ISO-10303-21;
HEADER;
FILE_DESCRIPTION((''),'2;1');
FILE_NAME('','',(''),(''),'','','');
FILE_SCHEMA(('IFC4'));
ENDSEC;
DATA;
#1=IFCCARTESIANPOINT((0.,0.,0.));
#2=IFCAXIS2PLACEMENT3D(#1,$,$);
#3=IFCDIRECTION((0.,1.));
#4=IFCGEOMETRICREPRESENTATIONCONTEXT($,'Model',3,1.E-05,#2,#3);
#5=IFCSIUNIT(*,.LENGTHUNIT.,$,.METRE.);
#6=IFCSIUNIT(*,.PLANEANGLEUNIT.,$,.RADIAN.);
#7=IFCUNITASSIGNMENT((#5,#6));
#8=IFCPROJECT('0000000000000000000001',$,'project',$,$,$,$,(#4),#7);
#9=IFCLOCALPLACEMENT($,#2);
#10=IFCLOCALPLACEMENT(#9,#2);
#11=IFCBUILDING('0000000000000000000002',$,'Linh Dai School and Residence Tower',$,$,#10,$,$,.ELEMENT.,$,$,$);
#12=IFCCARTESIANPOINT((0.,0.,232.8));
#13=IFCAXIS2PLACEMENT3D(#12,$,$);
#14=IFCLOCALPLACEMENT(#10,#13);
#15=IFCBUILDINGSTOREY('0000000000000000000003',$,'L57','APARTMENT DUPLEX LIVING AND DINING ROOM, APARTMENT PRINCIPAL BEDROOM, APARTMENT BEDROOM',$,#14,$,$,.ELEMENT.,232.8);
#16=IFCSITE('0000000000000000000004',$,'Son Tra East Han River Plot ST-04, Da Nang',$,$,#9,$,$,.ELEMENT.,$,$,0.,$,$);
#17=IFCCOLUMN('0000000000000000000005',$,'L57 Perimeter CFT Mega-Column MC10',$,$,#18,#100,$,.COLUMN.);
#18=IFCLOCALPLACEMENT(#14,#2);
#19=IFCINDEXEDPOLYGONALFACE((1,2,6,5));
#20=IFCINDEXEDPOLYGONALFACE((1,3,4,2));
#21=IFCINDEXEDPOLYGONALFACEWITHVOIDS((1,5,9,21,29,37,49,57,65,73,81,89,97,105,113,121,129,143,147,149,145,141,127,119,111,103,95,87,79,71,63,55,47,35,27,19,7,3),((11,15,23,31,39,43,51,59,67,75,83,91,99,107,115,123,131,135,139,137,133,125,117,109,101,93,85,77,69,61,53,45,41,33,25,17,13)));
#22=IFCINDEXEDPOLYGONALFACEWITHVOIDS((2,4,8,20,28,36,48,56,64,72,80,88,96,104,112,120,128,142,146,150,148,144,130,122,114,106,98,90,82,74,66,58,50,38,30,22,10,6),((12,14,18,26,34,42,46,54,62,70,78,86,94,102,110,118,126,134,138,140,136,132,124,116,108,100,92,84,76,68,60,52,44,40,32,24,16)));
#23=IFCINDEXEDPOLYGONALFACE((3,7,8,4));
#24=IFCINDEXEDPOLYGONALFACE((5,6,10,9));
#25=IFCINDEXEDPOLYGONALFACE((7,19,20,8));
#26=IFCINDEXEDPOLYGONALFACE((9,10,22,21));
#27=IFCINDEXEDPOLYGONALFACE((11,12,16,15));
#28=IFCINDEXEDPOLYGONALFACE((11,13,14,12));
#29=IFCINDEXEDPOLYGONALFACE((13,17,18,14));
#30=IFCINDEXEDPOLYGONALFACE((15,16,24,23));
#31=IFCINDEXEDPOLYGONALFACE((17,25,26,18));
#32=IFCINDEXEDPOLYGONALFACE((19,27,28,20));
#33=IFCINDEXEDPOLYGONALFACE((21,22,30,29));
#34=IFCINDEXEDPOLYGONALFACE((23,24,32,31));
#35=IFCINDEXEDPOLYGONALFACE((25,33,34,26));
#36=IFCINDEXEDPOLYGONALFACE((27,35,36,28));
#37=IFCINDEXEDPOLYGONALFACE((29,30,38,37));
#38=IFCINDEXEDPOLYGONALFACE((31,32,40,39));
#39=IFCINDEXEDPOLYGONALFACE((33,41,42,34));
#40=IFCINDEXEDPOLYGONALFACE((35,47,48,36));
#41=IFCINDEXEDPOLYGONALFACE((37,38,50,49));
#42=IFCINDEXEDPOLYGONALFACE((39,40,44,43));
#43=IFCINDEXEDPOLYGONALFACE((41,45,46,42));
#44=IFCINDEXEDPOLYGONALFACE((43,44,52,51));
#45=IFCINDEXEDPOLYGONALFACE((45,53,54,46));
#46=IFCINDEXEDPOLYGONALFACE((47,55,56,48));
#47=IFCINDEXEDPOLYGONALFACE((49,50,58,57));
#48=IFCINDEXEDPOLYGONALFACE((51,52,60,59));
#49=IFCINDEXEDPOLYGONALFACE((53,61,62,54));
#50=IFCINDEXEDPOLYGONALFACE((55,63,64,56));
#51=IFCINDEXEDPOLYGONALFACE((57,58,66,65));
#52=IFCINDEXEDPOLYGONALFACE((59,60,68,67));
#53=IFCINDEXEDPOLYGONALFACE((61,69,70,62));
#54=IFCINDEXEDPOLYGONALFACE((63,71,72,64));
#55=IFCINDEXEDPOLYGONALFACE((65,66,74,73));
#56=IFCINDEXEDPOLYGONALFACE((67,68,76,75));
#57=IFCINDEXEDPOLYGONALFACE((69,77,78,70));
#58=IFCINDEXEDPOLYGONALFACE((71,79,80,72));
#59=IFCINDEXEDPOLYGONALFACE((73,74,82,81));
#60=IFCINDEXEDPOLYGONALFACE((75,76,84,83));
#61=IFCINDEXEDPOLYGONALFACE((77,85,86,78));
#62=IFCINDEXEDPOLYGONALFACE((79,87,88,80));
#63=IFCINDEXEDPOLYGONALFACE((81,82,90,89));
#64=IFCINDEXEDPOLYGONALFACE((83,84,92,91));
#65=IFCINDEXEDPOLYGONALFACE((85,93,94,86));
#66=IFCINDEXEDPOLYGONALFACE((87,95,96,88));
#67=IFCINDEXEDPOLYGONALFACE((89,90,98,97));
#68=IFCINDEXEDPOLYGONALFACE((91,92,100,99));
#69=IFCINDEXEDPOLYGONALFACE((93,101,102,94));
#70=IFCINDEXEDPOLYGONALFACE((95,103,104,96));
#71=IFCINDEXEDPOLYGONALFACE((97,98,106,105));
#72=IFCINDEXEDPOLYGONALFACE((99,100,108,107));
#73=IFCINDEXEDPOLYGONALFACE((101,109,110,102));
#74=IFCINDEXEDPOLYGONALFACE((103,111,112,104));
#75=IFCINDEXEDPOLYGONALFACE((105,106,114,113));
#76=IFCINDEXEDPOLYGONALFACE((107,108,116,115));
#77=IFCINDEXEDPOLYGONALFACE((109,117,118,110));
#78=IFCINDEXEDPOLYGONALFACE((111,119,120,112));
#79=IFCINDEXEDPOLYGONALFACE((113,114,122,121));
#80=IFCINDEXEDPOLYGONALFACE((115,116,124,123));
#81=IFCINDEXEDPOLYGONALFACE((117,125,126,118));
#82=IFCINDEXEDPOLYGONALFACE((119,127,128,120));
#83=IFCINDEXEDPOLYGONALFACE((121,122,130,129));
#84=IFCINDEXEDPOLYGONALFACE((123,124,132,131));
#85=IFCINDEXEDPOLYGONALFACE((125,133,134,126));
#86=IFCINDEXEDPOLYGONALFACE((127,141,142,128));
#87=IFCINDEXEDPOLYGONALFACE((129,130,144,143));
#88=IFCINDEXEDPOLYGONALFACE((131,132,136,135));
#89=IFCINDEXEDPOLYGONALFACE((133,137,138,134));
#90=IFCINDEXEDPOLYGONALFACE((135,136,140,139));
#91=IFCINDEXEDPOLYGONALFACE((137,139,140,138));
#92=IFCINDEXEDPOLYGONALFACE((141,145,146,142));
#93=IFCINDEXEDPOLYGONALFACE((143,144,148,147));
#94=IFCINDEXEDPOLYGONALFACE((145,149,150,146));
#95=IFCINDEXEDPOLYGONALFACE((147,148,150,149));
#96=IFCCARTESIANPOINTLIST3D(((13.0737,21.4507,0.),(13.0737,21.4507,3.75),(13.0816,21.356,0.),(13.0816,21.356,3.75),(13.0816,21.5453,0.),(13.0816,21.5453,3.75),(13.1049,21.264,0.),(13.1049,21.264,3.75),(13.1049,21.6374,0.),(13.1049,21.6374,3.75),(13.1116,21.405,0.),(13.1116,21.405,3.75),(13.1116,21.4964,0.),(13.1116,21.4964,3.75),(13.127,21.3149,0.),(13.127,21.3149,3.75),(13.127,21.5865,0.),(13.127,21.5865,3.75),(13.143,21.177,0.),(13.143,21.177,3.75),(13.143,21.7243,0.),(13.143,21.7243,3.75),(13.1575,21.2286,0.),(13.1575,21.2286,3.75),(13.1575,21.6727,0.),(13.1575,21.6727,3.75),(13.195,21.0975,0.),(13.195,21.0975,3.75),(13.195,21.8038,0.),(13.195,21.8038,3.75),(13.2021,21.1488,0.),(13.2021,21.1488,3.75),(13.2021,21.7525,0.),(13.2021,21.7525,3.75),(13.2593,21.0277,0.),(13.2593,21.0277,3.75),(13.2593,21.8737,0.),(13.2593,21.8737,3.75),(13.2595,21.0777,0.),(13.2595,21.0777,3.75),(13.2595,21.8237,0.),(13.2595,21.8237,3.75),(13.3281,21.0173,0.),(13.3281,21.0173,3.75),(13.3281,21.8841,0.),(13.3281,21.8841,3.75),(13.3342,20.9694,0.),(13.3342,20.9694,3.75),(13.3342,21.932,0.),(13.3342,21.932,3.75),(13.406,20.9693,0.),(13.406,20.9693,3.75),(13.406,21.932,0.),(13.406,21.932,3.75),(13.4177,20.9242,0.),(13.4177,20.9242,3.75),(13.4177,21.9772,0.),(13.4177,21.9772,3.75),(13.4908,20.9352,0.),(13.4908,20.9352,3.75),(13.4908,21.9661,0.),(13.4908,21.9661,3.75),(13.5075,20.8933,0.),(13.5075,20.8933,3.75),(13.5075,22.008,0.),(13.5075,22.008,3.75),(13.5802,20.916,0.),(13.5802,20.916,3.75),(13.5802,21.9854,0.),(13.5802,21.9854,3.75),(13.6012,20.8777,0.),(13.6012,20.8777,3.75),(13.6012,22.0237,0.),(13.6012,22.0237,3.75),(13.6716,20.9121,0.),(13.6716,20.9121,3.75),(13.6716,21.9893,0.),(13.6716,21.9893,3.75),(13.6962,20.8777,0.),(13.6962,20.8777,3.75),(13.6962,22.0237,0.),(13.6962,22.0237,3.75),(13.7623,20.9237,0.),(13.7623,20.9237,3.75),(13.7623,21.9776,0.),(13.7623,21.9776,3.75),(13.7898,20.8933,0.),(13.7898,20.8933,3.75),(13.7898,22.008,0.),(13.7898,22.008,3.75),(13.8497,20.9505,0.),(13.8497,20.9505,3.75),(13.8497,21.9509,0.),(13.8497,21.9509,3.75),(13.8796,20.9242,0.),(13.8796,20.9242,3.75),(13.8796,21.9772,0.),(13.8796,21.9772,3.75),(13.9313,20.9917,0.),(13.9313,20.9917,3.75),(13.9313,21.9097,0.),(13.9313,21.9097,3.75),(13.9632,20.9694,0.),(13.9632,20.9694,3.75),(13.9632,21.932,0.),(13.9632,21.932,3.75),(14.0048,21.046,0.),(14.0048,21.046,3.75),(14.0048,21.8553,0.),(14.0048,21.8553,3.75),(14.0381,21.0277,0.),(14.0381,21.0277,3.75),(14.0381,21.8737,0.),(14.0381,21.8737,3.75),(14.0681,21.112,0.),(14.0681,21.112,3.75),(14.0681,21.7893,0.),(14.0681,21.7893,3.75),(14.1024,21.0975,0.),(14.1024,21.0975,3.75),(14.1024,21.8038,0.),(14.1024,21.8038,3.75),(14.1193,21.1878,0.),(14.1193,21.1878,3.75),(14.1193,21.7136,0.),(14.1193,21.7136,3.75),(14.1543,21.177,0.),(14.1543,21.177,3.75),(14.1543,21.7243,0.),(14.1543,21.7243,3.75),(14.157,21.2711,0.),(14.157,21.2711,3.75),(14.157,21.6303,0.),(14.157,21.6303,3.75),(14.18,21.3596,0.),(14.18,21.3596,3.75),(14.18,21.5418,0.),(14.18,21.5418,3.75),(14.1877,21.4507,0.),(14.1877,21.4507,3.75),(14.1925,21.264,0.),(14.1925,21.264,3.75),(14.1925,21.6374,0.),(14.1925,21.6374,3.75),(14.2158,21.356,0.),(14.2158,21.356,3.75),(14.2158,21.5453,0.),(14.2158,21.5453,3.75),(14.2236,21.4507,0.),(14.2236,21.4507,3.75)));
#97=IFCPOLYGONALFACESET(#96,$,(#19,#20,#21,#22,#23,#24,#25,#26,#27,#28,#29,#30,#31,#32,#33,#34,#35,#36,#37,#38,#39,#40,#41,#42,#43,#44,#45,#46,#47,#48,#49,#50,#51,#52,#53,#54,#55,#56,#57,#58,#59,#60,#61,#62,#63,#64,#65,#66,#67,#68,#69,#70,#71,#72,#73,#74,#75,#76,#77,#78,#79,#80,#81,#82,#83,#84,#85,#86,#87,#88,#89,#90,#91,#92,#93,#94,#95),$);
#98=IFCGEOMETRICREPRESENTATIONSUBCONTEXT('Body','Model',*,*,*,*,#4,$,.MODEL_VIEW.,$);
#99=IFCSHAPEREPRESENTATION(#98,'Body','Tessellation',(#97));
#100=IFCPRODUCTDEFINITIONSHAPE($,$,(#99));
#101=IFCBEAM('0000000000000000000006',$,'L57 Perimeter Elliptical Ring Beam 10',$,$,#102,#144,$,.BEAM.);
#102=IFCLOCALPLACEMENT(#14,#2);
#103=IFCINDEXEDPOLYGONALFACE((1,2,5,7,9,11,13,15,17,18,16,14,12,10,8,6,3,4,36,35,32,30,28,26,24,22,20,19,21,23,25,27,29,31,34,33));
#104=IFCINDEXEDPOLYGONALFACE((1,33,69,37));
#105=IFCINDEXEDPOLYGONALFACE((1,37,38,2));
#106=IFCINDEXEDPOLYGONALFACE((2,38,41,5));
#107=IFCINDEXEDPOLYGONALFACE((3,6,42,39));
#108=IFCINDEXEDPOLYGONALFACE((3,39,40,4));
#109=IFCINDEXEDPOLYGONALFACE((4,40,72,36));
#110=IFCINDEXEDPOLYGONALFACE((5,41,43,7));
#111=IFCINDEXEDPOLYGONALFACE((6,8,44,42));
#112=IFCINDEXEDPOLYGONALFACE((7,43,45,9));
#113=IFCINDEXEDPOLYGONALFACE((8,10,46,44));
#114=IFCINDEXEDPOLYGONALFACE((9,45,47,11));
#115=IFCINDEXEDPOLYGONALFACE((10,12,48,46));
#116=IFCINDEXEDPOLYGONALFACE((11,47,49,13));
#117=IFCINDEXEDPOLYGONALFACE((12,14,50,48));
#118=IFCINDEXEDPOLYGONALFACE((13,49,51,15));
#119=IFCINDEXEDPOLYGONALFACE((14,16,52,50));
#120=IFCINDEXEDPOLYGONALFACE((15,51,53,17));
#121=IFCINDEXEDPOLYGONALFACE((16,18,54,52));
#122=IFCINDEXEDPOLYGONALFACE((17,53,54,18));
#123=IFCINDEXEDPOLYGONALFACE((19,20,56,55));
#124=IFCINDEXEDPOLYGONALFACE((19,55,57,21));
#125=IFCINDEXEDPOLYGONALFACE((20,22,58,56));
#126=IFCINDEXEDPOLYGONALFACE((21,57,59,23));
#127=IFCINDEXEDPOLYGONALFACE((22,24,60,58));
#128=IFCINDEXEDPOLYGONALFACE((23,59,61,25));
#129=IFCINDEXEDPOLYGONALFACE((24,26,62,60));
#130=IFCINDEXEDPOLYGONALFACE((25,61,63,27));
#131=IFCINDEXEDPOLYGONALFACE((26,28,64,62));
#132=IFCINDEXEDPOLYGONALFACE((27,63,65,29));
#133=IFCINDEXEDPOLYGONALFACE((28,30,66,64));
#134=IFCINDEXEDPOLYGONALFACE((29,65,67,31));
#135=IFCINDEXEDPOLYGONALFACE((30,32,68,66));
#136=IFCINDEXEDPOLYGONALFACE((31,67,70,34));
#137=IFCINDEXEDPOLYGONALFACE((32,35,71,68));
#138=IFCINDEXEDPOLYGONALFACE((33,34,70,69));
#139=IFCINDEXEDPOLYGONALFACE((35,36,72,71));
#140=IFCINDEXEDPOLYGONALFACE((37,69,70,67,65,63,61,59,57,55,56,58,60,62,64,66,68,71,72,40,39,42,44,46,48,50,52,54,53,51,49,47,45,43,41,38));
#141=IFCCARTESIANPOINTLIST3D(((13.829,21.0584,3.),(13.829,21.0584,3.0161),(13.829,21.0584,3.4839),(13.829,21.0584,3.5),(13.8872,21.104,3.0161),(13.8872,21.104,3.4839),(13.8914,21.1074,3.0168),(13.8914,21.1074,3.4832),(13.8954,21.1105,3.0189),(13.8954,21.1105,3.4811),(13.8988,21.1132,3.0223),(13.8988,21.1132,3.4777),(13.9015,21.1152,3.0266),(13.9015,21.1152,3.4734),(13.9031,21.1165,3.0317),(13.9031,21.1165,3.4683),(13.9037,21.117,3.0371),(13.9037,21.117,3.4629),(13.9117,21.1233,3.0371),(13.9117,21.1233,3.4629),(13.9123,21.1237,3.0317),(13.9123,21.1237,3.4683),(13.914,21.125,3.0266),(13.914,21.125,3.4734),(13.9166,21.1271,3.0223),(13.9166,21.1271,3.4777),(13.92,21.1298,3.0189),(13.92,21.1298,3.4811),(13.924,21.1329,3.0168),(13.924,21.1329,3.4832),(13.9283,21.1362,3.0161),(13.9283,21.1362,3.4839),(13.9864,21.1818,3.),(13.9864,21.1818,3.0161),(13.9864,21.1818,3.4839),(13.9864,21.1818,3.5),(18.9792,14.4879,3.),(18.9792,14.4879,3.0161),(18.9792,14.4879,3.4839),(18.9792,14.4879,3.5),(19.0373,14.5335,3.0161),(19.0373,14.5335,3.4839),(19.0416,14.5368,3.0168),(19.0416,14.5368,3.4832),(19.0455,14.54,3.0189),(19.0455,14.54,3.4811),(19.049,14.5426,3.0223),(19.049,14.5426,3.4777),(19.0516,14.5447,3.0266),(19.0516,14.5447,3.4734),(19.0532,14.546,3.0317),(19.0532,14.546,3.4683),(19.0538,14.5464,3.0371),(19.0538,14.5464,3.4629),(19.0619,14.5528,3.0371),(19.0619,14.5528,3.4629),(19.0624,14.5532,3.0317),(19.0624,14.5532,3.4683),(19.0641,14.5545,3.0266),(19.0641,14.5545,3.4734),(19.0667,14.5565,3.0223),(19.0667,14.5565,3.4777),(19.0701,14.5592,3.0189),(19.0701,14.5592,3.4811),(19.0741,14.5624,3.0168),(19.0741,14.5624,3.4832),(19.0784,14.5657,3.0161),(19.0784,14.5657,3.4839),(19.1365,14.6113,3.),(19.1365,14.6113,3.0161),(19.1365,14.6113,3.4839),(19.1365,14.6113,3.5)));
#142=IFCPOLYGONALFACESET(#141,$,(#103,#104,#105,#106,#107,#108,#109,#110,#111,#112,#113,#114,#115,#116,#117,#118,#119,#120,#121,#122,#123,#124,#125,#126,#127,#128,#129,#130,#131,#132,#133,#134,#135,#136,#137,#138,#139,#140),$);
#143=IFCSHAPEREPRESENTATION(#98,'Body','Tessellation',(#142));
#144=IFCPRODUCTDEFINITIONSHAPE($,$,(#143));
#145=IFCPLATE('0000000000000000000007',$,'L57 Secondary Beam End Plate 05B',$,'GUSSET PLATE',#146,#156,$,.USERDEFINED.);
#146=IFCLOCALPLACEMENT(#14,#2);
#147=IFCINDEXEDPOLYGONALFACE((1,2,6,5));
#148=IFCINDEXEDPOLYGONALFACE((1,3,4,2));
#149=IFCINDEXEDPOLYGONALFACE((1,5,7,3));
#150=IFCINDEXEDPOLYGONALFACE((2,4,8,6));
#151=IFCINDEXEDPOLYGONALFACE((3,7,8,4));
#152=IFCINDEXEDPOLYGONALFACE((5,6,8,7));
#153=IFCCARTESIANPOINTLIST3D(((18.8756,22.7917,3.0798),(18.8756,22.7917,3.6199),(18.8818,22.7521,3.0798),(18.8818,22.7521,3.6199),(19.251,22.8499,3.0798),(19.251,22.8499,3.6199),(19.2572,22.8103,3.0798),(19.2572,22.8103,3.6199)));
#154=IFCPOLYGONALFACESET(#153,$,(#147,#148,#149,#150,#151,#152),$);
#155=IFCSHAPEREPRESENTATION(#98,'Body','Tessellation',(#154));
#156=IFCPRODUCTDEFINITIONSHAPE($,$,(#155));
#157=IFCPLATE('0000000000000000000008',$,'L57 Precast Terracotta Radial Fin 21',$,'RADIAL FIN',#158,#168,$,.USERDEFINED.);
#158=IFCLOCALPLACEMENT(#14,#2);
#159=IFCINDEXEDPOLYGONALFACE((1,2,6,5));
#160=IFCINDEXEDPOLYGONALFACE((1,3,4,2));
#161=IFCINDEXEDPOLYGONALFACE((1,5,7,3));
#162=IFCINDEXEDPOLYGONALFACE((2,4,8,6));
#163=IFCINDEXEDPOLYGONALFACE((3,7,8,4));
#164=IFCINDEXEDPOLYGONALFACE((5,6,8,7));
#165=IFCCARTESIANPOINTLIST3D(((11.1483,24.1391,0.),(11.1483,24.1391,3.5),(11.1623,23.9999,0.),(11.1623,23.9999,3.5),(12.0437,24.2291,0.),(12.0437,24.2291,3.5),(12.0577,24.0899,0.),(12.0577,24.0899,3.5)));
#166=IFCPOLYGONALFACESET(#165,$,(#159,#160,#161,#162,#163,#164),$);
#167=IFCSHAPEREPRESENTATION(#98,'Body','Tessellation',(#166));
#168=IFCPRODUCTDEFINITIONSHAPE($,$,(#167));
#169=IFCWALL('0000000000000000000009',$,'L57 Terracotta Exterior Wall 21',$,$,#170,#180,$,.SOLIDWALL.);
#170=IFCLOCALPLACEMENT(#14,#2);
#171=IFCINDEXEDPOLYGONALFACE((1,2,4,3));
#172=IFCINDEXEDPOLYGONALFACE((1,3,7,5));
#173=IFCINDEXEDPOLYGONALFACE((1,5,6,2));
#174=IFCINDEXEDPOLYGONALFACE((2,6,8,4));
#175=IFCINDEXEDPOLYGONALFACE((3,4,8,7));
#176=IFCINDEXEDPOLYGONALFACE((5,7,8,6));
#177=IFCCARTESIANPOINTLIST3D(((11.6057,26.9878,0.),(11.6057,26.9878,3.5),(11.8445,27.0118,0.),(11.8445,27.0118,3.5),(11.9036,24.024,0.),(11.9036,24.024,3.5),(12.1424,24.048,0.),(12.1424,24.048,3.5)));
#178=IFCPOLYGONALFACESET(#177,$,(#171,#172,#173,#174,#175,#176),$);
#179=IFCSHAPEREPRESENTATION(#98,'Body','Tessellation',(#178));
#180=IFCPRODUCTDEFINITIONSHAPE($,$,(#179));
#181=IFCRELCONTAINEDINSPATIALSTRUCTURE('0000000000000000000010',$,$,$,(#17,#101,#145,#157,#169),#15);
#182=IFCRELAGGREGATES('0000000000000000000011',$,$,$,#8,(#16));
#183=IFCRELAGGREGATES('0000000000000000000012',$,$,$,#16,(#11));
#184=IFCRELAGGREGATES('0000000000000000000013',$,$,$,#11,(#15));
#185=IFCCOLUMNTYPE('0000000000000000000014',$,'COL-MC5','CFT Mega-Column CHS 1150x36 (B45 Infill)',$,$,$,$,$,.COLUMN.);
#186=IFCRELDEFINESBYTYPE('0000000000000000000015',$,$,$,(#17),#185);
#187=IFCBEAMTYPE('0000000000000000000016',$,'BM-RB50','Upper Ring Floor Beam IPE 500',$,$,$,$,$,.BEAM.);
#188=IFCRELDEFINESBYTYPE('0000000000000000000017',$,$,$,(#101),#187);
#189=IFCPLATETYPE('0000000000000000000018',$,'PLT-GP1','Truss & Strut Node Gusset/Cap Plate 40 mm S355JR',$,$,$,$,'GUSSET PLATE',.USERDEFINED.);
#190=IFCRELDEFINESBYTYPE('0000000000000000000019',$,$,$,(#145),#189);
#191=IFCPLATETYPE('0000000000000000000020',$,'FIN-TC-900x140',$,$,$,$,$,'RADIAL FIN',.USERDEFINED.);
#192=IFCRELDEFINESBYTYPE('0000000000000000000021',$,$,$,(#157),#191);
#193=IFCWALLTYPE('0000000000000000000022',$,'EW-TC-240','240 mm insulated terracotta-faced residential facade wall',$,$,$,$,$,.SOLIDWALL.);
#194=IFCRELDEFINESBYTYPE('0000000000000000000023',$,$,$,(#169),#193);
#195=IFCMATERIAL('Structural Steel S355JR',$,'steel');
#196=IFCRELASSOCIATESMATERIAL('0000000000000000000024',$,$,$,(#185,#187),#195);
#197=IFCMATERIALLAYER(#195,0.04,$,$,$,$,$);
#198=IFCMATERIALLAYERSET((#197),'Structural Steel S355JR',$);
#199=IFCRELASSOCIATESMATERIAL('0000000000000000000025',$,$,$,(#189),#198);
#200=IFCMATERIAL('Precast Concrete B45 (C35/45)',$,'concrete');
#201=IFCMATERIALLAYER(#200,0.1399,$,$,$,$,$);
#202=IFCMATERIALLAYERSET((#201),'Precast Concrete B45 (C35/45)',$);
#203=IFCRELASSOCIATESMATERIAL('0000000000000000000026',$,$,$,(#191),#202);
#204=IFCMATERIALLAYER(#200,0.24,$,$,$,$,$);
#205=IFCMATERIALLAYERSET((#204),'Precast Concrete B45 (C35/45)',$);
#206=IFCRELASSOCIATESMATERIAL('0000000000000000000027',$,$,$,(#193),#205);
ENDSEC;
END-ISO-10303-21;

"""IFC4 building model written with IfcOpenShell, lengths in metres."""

from ifc_helpers import new_model, si_unit, direction, frame, frame_2d, origin, origin_2d, place, context, subcontext, project, spatial, rectangle, hollow_circle, i_section, extrude, source, transform, mapped, material, layer, layer_set, material_profile, profile_set, type_object, element, save


model = new_model("IFC4")

# Units and contexts
model_context = context("Model", 3, precision=1e-05, world=origin(), true_north=direction((0.0, 1.0)))
body_context = subcontext(model_context, "Body", "Model", "MODEL_VIEW")
ifc_project = project(units=[si_unit("LENGTHUNIT", "METRE"), si_unit("PLANEANGLEUNIT", "RADIAN")], contexts=[model_context])

# Site, building, storey
site_placement = place(None, origin())
site = spatial("IfcSite", under=ifc_project, at=site_placement, Name="Son Tra East Han River Plot ST-04, Da Nang", CompositionType="ELEMENT", RefElevation=0.0)
building_placement = place(site_placement, origin())
building = spatial("IfcBuilding", under=site, at=building_placement, Name="Linh Dai School and Residence Tower", CompositionType="ELEMENT")
storey_placement = place(building_placement, frame((0.0, 0.0, 232.8)))
storey = spatial("IfcBuildingStorey", under=building, at=storey_placement, Name="L57", Description="APARTMENT DUPLEX LIVING AND DINING ROOM, APARTMENT PRINCIPAL BEDROOM, APARTMENT BEDROOM", CompositionType="ELEMENT", Elevation=232.8)

# Column
ifc_material_1 = material(Name="Structural Steel S355JR", Category="steel")
ifc_material_profile_1 = material_profile(ifc_material_1, hollow_circle(Radius=0.575, WallThickness=0.0359, at=origin_2d()), Name="CHS 1150x36")
ifc_profile_set_1 = profile_set([ifc_material_profile_1], Name="Structural Steel S355JR")
column_type = type_object("IfcColumnType", Name="COL-MC5", Description="CFT Mega-Column CHS 1150x36 (B45 Infill)", PredefinedType="COLUMN", material=ifc_profile_set_1)
column_placement = place(storey_placement, frame((13.6487, 21.4507, 0.0), z_axis=(0.0, 0.0, 1.0), x_axis=(1.0, 0.0, 0.0)))
element("IfcColumn", 1, at=column_placement, inside=storey, type_object=column_type, Name="L57 Perimeter CFT Mega-Column MC10", PredefinedType="COLUMN", context=body_context, shape_type="SweptSolid", body=[
    extrude(hollow_circle(Radius=0.575, WallThickness=0.0359, at=origin_2d()), origin(), (0.0, 0.0, 1.0), 3.75),
])

# Beam
ifc_material_profile_2 = material_profile(ifc_material_1, i_section(OverallWidth=0.2, OverallDepth=0.5, WebThickness=0.0103, FlangeThickness=0.0161, FilletRadius=0.021, at=origin_2d()), Name="IPE 500")
ifc_profile_set_2 = profile_set([ifc_material_profile_2], Name="Structural Steel S355JR")
beam_type = type_object("IfcBeamType", Name="BM-RB50", Description="Upper Ring Floor Beam IPE 500", PredefinedType="BEAM", material=ifc_profile_set_2)
beam_placement = place(storey_placement, frame((13.9077, 21.1201, 3.25), z_axis=(0.6169, -0.787041, 0.0), x_axis=(0.787041, 0.6169, 0.0)))
element("IfcBeam", 2, at=beam_placement, inside=storey, type_object=beam_type, Name="L57 Perimeter Elliptical Ring Beam 10", PredefinedType="BEAM", context=body_context, shape_type="SweptSolid", body=[
    extrude(i_section(OverallWidth=0.2, OverallDepth=0.5, WebThickness=0.0103, FlangeThickness=0.0161, FilletRadius=0.021, at=origin_2d()), origin(), (0.0, 0.0, 1.0), 8.3484),
])

# Plates
ifc_layer_1 = layer(ifc_material_1, 0.04)
ifc_layer_set_1 = layer_set([ifc_layer_1], Name="Structural Steel S355JR")
plate_type_1 = type_object("IfcPlateType", Name="PLT-GP1", Description="Truss & Strut Node Gusset/Cap Plate 40 mm S355JR", ElementType="GUSSET PLATE", PredefinedType="USERDEFINED", material=ifc_layer_set_1)
shared_shape_1 = source(origin(), body_context, "Body", "SweptSolid", [
    extrude(rectangle(XDim=0.04, YDim=0.3799, at=origin_2d()), origin(), (0.0, 0.0, 1.0), 0.54),
])
plate_1_placement = place(storey_placement, frame((19.0664, 22.801, 3.0798), z_axis=(0.0, 0.0, 1.0), x_axis=(0.153186, -0.988197, 0.0)))
element("IfcPlate", 3, at=plate_1_placement, inside=storey, type_object=plate_type_1, Name="L57 Secondary Beam End Plate 05B", ObjectType="GUSSET PLATE", PredefinedType="USERDEFINED", context=body_context, shape_type="MappedRepresentation", body=[
    mapped(shared_shape_1, transform((0.0, 0.0, 0.0), x_axis=(1.0, 0.0, 0.0), y_axis=(0.0, 1.0, 0.0), z_axis=(0.0, 0.0, 1.0), scale=1.0)),
])
ifc_material_2 = material(Name="Precast Concrete B45 (C35/45)", Category="concrete")
ifc_layer_2 = layer(ifc_material_2, 0.1399)
ifc_layer_set_2 = layer_set([ifc_layer_2], Name="Precast Concrete B45 (C35/45)")
plate_type_2 = type_object("IfcPlateType", Name="FIN-TC-900x140", ElementType="RADIAL FIN", PredefinedType="USERDEFINED", material=ifc_layer_set_2)
shared_shape_2 = source(origin(), body_context, "Body", "SweptSolid", [
    extrude(rectangle(XDim=0.8999, YDim=0.1399, at=origin_2d()), origin(), (0.0, 0.0, 1.0), 3.5),
])
plate_2_placement = place(storey_placement, frame((11.603, 24.1145, 0.0), z_axis=(0.0, 0.0, 1.0), x_axis=(-0.994986, -0.100012, 0.0)))
element("IfcPlate", 4, at=plate_2_placement, inside=storey, type_object=plate_type_2, Name="L57 Precast Terracotta Radial Fin 21", ObjectType="RADIAL FIN", PredefinedType="USERDEFINED", context=body_context, shape_type="MappedRepresentation", body=[
    mapped(shared_shape_2, transform((0.0, 0.0, 0.0), x_axis=(1.0, 0.0, 0.0), y_axis=(0.0, 1.0, 0.0), z_axis=(0.0, 0.0, 1.0), scale=1.0)),
])

# Wall
ifc_layer_3 = layer(ifc_material_2, 0.24)
ifc_layer_set_3 = layer_set([ifc_layer_3], Name="Precast Concrete B45 (C35/45)")
wall_type_1 = type_object("IfcWallType", Name="EW-TC-240", Description="240 mm insulated terracotta-faced residential facade wall", PredefinedType="SOLIDWALL", material=ifc_layer_set_3)
wall_1_placement = place(storey_placement, frame((12.0229, 24.0361, 0.0), z_axis=(0.0, 0.0, 1.0), x_axis=(-0.099991, 0.994988, 0.0)))
element("IfcWall", 5, at=wall_1_placement, inside=storey, type_object=wall_type_1, Name="L57 Terracotta Exterior Wall 21", PredefinedType="SOLIDWALL", context=body_context, shape_type="SweptSolid", body=[
    extrude(rectangle(XDim=2.9788, YDim=0.24, at=frame_2d((1.4893, 0.0))), origin(), (0.0, 0.0, 1.0), 3.5),
])

save(model, "model.ifc")
